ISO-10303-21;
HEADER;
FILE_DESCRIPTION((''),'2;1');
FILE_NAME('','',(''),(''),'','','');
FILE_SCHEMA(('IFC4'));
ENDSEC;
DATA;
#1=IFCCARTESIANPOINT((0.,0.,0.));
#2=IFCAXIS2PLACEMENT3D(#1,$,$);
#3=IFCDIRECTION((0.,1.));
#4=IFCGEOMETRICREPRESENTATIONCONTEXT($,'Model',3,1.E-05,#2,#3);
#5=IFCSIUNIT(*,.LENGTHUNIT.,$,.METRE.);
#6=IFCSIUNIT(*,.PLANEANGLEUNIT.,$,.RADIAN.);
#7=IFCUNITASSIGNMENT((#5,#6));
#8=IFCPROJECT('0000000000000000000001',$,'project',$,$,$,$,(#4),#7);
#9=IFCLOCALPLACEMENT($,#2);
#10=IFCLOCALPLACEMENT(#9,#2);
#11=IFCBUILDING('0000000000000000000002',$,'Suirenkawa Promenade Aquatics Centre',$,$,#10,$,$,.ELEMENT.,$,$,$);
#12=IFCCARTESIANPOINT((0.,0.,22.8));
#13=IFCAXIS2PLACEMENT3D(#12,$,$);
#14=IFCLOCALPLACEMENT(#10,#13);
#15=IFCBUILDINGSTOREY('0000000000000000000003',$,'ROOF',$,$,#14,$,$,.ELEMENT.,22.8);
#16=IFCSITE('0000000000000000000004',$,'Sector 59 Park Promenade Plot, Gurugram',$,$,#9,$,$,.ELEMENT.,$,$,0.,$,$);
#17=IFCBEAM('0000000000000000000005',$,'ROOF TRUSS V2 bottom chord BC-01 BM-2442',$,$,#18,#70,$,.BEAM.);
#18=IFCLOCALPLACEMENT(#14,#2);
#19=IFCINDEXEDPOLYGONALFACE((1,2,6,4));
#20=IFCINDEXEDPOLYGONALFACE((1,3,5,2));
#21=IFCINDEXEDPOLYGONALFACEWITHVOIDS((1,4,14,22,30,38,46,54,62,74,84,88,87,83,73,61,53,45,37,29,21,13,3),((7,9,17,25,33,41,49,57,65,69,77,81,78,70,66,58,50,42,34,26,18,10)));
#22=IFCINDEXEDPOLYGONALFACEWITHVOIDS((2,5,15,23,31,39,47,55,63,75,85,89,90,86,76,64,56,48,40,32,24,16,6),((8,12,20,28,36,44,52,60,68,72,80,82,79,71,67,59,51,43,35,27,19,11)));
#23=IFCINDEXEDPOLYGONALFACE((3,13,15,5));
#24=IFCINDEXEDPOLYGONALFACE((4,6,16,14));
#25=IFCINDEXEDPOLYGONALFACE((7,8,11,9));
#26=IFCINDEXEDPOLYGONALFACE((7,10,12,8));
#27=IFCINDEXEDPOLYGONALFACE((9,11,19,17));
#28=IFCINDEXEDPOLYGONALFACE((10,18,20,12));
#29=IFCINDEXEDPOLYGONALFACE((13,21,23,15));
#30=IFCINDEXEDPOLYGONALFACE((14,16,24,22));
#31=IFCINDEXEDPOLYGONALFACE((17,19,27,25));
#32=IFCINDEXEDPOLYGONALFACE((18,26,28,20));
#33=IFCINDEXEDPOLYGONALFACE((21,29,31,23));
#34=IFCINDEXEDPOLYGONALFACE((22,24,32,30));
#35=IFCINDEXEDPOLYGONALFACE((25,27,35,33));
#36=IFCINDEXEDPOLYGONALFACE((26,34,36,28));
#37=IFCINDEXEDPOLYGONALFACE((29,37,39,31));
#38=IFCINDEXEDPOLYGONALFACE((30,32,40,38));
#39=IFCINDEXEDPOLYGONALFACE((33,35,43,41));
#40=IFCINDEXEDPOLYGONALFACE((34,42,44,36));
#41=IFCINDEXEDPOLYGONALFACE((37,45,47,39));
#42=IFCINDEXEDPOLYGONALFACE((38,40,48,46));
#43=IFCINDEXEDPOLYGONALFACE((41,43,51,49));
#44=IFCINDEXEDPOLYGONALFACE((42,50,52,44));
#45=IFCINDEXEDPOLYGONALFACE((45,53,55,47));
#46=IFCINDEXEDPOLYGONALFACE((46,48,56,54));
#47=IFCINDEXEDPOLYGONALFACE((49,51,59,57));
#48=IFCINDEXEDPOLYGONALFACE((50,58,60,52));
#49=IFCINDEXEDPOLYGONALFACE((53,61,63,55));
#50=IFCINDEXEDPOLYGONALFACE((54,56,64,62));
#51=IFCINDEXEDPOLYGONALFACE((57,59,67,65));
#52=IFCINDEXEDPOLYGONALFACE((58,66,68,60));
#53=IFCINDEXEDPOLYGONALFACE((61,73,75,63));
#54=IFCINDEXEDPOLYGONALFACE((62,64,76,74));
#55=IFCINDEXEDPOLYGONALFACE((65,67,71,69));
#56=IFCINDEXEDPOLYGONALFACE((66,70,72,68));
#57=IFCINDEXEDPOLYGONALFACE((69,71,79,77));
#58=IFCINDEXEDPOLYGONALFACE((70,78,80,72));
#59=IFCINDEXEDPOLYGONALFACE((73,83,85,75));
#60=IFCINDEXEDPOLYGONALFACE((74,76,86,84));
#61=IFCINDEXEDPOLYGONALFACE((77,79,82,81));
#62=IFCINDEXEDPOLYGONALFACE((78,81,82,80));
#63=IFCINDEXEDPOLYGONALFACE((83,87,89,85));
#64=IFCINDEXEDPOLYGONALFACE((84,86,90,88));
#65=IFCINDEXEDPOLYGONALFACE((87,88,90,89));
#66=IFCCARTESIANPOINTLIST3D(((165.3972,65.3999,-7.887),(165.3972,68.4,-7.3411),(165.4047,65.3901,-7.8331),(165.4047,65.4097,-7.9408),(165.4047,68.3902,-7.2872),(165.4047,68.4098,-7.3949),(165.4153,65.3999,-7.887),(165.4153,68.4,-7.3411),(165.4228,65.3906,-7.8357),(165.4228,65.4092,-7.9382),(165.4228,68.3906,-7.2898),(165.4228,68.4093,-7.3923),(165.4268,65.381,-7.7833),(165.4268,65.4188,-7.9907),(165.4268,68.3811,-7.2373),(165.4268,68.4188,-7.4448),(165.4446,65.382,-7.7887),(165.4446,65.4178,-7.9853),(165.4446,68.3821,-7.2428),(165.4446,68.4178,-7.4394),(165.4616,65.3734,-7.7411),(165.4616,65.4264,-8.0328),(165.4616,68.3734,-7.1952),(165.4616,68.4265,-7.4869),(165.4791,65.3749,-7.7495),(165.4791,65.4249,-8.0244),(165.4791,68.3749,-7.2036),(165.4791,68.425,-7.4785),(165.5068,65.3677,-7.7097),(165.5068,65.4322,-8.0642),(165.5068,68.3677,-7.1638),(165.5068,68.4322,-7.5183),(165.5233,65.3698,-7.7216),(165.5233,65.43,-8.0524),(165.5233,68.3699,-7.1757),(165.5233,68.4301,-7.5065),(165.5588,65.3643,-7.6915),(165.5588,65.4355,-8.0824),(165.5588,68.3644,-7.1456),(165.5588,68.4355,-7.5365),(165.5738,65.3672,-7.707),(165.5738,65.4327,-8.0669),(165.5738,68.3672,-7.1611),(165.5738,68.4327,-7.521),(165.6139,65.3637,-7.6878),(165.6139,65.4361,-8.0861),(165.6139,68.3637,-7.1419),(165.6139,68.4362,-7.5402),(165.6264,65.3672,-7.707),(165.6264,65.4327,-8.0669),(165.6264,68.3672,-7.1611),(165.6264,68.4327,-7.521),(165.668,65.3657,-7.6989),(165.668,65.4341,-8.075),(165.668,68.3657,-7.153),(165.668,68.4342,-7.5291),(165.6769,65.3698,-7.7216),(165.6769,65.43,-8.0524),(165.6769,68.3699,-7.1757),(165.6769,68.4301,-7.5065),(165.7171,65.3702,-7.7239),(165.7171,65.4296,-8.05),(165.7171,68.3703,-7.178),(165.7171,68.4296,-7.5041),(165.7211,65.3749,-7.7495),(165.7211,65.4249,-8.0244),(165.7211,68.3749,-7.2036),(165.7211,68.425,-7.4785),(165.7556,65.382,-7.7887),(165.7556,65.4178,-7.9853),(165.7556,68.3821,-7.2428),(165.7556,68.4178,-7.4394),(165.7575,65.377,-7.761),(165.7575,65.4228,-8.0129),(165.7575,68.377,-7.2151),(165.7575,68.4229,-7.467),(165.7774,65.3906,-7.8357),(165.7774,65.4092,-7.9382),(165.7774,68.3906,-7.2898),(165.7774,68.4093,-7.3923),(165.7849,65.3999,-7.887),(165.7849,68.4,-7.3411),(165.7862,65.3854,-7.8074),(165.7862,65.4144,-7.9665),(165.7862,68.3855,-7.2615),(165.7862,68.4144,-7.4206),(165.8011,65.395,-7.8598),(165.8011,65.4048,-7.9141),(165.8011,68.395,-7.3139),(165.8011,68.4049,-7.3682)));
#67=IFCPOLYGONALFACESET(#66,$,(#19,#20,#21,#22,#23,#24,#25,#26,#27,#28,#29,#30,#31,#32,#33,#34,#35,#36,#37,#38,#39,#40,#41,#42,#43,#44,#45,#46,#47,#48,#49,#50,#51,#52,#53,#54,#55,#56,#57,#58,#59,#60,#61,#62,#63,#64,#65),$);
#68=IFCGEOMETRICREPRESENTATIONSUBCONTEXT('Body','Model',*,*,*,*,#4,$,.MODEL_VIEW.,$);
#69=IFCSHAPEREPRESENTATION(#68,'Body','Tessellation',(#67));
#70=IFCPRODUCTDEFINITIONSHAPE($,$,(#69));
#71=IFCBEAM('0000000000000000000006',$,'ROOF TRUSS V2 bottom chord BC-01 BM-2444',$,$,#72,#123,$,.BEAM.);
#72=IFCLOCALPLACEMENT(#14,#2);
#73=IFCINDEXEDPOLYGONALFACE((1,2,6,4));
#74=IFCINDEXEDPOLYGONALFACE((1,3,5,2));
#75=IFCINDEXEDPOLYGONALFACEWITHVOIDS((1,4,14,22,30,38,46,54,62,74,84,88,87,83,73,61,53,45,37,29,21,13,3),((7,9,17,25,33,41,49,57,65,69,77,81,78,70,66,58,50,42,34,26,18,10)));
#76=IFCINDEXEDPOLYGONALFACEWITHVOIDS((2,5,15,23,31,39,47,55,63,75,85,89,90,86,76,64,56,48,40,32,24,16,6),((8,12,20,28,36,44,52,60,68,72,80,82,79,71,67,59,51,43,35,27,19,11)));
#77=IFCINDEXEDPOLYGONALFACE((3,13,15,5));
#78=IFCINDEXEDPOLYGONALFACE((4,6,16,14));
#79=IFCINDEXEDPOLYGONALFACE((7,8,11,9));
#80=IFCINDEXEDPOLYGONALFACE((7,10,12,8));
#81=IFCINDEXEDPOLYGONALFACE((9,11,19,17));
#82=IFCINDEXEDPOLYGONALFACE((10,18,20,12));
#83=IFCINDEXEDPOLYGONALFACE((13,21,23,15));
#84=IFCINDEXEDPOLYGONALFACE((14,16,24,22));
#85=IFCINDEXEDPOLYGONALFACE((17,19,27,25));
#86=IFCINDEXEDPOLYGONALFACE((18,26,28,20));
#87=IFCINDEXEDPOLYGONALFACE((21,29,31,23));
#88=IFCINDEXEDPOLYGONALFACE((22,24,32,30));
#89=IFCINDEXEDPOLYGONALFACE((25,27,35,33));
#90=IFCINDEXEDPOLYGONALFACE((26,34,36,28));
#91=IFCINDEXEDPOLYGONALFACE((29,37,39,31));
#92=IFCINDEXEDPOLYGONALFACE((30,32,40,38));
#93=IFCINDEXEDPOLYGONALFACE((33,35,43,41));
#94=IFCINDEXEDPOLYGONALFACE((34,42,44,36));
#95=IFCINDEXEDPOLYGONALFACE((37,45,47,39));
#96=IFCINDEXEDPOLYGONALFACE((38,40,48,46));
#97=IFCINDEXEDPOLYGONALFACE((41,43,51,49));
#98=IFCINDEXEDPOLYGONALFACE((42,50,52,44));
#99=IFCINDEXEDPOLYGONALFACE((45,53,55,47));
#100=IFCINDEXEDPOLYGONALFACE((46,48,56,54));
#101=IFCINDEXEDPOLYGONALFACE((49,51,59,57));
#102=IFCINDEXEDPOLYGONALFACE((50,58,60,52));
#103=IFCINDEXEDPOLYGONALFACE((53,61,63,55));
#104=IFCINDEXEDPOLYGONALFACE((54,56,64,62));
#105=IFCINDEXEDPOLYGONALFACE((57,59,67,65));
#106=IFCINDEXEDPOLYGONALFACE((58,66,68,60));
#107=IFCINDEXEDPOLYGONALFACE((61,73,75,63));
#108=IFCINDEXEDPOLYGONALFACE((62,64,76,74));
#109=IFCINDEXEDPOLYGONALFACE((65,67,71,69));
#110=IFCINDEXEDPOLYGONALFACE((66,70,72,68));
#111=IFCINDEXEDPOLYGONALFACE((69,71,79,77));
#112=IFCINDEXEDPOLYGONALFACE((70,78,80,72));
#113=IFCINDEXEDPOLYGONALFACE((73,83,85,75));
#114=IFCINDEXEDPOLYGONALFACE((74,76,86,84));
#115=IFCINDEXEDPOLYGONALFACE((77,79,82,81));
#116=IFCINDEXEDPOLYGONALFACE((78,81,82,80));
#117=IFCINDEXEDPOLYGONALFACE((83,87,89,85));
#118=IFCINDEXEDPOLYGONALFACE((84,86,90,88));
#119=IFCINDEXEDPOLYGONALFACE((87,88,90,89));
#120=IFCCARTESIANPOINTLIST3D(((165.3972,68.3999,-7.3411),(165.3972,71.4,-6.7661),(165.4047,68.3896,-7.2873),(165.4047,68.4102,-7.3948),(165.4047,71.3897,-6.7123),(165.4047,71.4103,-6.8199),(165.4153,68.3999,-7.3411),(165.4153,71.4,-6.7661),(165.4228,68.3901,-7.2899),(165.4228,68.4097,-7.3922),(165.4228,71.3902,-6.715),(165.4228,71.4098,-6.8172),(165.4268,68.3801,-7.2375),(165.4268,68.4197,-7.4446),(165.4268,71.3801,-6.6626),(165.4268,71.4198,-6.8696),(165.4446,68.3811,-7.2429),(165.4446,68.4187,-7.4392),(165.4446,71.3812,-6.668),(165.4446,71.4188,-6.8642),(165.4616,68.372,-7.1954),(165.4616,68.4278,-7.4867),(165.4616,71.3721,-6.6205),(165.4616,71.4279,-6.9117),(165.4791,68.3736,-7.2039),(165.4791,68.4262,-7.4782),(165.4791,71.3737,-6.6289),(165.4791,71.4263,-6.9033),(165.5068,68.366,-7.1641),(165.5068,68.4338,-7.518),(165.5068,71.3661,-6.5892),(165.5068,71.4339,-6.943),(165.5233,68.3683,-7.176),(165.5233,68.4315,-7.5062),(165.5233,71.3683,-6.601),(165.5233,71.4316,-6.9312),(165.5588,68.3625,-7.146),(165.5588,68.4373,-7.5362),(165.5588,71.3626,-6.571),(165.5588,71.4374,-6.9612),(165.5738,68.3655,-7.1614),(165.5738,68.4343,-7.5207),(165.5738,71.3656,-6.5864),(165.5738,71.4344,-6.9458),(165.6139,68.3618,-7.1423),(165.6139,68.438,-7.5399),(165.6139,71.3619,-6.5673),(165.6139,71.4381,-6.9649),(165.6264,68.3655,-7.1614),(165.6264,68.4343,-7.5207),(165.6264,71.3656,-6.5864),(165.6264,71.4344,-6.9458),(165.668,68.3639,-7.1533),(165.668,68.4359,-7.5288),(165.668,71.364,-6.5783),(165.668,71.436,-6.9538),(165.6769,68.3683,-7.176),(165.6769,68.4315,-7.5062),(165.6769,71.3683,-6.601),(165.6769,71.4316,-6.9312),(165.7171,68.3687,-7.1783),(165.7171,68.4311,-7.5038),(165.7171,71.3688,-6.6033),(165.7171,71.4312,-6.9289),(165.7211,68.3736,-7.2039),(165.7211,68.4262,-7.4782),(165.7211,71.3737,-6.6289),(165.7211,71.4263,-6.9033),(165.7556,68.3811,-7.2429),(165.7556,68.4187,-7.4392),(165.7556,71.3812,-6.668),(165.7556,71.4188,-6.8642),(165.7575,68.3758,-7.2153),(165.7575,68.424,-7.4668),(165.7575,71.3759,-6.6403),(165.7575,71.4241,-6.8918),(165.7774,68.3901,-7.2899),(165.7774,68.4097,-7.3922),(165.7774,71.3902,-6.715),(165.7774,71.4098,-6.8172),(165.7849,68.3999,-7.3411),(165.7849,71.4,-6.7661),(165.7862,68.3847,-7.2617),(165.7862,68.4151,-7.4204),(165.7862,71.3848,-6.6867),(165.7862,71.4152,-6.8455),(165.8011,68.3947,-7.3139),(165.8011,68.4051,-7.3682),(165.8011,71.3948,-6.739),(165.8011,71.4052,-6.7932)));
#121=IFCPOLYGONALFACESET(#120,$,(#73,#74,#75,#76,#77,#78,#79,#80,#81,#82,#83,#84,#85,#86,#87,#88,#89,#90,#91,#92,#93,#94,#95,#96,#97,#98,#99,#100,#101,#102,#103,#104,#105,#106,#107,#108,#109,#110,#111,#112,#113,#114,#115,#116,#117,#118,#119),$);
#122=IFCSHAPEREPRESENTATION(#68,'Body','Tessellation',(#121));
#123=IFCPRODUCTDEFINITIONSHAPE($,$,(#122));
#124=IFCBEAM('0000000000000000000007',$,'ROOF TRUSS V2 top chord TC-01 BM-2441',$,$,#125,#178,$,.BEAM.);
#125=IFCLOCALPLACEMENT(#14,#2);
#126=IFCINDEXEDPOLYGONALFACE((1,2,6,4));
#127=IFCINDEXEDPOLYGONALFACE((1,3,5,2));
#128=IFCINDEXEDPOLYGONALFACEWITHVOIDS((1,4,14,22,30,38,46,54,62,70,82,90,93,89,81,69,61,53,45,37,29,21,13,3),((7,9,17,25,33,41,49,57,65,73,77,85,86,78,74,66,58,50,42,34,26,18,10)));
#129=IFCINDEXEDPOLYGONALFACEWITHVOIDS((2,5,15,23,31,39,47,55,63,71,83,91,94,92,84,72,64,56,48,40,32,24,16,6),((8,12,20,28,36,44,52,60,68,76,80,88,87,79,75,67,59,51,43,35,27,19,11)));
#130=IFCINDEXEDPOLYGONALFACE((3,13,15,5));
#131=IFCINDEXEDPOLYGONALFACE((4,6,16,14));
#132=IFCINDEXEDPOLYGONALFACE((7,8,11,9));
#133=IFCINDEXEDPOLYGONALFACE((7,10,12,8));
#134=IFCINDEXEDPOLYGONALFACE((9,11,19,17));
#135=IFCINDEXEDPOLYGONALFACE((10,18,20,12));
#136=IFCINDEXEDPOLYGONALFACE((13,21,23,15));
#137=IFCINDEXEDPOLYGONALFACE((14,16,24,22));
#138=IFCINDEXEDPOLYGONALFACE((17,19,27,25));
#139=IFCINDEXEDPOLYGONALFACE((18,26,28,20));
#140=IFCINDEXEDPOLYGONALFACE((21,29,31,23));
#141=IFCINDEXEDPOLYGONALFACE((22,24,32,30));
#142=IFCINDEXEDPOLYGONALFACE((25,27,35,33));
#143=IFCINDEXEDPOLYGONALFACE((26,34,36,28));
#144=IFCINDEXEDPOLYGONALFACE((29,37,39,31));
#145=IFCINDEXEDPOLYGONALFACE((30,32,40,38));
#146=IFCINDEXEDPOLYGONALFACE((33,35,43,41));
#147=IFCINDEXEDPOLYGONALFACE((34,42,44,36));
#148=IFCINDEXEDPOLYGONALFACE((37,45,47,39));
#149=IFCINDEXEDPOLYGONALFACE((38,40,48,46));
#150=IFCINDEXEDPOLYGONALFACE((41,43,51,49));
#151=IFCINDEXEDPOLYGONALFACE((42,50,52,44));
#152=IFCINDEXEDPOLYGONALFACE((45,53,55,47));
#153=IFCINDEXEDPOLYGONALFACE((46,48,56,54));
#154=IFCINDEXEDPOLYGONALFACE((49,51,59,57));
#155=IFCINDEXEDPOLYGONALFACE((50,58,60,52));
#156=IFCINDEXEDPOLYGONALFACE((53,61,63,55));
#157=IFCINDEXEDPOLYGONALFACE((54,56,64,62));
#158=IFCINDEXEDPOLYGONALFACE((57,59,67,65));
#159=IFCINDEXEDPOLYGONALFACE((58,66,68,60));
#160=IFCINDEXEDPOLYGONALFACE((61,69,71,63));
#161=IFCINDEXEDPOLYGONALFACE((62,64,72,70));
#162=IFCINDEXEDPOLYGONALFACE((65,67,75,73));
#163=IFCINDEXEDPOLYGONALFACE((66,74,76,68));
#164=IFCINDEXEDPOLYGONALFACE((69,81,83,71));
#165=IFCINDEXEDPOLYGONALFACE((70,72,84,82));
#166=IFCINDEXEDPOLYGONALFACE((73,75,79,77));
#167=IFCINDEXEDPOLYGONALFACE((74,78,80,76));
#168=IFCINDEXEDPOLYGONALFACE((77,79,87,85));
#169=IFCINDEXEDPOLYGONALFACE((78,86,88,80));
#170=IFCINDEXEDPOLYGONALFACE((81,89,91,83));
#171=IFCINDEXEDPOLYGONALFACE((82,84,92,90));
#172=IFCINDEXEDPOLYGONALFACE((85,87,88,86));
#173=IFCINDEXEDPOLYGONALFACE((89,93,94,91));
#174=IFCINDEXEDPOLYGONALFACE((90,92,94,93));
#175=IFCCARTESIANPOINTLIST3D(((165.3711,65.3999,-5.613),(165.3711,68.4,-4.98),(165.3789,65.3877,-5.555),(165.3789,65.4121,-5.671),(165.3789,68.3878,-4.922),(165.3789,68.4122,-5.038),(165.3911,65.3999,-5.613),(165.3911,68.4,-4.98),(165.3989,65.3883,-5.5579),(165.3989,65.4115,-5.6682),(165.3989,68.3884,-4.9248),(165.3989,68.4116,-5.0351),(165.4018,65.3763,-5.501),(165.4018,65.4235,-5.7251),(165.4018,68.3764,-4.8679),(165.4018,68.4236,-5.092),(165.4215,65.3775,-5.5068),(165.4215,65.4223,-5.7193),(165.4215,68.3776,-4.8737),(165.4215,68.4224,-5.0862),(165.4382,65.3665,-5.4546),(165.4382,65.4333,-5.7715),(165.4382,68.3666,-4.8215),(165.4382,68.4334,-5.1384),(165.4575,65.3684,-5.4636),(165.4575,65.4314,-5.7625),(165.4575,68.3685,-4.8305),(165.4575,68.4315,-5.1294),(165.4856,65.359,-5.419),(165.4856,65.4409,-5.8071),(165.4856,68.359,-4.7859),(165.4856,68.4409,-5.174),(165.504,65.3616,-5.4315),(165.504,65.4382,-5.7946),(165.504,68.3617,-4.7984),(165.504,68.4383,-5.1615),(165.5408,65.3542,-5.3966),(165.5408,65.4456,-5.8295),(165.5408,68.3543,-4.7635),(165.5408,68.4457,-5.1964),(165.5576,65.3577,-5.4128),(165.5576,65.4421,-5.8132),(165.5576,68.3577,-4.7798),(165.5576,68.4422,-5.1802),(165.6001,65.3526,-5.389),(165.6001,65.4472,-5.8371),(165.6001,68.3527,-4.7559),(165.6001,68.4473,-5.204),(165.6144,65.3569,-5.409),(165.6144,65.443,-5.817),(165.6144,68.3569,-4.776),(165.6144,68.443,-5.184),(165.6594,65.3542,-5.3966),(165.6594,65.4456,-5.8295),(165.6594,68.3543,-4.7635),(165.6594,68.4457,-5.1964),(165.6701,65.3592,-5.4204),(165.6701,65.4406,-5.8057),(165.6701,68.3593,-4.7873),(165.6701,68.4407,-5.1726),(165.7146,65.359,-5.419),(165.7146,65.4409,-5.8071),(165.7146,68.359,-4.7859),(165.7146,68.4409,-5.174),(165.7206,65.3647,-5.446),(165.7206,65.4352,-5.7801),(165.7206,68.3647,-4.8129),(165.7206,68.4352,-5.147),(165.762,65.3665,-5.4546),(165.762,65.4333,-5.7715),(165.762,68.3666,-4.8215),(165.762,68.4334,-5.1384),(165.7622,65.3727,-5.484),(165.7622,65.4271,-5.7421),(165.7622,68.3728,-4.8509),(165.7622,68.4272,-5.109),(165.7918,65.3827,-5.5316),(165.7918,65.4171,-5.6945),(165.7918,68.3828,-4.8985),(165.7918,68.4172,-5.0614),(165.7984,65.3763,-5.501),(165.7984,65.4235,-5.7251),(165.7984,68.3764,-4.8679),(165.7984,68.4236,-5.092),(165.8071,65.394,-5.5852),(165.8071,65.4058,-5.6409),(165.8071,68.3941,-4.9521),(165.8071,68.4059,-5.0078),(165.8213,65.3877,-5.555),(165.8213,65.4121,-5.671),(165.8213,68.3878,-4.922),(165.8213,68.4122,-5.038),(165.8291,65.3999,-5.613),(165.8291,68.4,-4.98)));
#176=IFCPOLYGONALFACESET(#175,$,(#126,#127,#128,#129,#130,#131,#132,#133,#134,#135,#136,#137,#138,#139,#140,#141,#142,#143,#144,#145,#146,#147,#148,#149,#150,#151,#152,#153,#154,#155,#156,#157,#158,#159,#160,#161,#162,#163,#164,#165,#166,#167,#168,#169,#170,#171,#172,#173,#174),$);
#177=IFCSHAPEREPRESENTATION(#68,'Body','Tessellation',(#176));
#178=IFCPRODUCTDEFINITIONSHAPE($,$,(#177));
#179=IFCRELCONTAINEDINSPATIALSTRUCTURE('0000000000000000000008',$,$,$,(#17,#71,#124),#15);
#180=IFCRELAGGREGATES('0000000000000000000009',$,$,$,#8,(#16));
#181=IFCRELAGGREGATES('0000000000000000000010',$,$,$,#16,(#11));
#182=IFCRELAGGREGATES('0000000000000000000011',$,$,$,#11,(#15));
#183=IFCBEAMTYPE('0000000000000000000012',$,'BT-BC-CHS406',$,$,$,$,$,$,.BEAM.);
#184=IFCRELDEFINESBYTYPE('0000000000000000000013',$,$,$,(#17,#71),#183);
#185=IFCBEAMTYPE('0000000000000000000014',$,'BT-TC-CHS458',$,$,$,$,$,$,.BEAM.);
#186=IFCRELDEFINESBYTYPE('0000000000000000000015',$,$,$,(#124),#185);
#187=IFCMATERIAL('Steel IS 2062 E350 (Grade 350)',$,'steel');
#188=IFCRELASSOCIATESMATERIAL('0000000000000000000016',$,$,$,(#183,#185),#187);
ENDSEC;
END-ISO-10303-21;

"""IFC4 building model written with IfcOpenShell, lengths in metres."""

from ifc_helpers import new_model, si_unit, direction, frame, origin, origin_2d, place, context, subcontext, project, spatial, hollow_circle, extrude, material, material_profile, profile_set, type_object, element, save


model = new_model("IFC4")

# Units and contexts
model_context = context("Model", 3, precision=1e-05, world=origin(), true_north=direction((0.0, 1.0)))
body_context = subcontext(model_context, "Body", "Model", "MODEL_VIEW")
ifc_project = project(units=[si_unit("LENGTHUNIT", "METRE"), si_unit("PLANEANGLEUNIT", "RADIAN")], contexts=[model_context])

# Site, building, storey
site_placement = place(None, origin())
site = spatial("IfcSite", under=ifc_project, at=site_placement, Name="Sector 59 Park Promenade Plot, Gurugram", CompositionType="ELEMENT", RefElevation=0.0)
building_placement = place(site_placement, origin())
building = spatial("IfcBuilding", under=site, at=building_placement, Name="Suirenkawa Promenade Aquatics Centre", CompositionType="ELEMENT")
storey_placement = place(building_placement, frame((0.0, 0.0, 22.8)))
storey = spatial("IfcBuildingStorey", under=building, at=storey_placement, Name="ROOF", CompositionType="ELEMENT", Elevation=22.8)

# Beams
ifc_material = material(Name="Steel IS 2062 E350 (Grade 350)", Category="steel")
ifc_material_profile_1 = material_profile(ifc_material, hollow_circle(Radius=0.2029, WallThickness=0.0181, at=origin_2d()), Name="CHS 406x18", Category="steel")
ifc_profile_set_1 = profile_set([ifc_material_profile_1], Name="Steel IS 2062 E350 (Grade 350)")
beam_type_1 = type_object("IfcBeamType", Name="BT-BC-CHS406", PredefinedType="BEAM", material=ifc_profile_set_1)
beam_1_placement = place(storey_placement, frame((165.6001, 65.3999, -7.887), z_axis=(0.0, 0.983844, 0.179026), x_axis=(-1.0, 0.0, 0.0)))
element("IfcBeam", 1, at=beam_1_placement, inside=storey, type_object=beam_type_1, Name="ROOF TRUSS V2 bottom chord BC-01 BM-2442", PredefinedType="BEAM", context=body_context, shape_type="SweptSolid", body=[
    extrude(hollow_circle(Radius=0.2029, WallThickness=0.0181, at=origin_2d()), origin(), (0.0, 0.0, 1.0), 3.0493),
])
beam_2_placement = place(storey_placement, frame((165.6001, 68.3999, -7.3411), z_axis=(0.0, 0.982126, 0.188225), x_axis=(-1.0, 0.0, 0.0)))
element("IfcBeam", 2, at=beam_2_placement, inside=storey, type_object=beam_type_1, Name="ROOF TRUSS V2 bottom chord BC-01 BM-2444", PredefinedType="BEAM", context=body_context, shape_type="SweptSolid", body=[
    extrude(hollow_circle(Radius=0.2029, WallThickness=0.0181, at=origin_2d()), origin(), (0.0, 0.0, 1.0), 3.0547),
])
ifc_material_profile_2 = material_profile(ifc_material, hollow_circle(Radius=0.229, WallThickness=0.02, at=origin_2d()), Name="CHS 458x20", Category="steel")
ifc_profile_set_2 = profile_set([ifc_material_profile_2], Name="Steel IS 2062 E350 (Grade 350)")
beam_type_2 = type_object("IfcBeamType", Name="BT-TC-CHS458", PredefinedType="BEAM", material=ifc_profile_set_2)
beam_3_placement = place(storey_placement, frame((165.6001, 65.3999, -5.613), z_axis=(0.0, 0.978453, 0.206472), x_axis=(-1.0, 0.0, 0.0)))
element("IfcBeam", 3, at=beam_3_placement, inside=storey, type_object=beam_type_2, Name="ROOF TRUSS V2 top chord TC-01 BM-2441", PredefinedType="BEAM", context=body_context, shape_type="SweptSolid", body=[
    extrude(hollow_circle(Radius=0.229, WallThickness=0.02, at=origin_2d()), origin(), (0.0, 0.0, 1.0), 3.0662),
])

save(model, "model.ifc")
